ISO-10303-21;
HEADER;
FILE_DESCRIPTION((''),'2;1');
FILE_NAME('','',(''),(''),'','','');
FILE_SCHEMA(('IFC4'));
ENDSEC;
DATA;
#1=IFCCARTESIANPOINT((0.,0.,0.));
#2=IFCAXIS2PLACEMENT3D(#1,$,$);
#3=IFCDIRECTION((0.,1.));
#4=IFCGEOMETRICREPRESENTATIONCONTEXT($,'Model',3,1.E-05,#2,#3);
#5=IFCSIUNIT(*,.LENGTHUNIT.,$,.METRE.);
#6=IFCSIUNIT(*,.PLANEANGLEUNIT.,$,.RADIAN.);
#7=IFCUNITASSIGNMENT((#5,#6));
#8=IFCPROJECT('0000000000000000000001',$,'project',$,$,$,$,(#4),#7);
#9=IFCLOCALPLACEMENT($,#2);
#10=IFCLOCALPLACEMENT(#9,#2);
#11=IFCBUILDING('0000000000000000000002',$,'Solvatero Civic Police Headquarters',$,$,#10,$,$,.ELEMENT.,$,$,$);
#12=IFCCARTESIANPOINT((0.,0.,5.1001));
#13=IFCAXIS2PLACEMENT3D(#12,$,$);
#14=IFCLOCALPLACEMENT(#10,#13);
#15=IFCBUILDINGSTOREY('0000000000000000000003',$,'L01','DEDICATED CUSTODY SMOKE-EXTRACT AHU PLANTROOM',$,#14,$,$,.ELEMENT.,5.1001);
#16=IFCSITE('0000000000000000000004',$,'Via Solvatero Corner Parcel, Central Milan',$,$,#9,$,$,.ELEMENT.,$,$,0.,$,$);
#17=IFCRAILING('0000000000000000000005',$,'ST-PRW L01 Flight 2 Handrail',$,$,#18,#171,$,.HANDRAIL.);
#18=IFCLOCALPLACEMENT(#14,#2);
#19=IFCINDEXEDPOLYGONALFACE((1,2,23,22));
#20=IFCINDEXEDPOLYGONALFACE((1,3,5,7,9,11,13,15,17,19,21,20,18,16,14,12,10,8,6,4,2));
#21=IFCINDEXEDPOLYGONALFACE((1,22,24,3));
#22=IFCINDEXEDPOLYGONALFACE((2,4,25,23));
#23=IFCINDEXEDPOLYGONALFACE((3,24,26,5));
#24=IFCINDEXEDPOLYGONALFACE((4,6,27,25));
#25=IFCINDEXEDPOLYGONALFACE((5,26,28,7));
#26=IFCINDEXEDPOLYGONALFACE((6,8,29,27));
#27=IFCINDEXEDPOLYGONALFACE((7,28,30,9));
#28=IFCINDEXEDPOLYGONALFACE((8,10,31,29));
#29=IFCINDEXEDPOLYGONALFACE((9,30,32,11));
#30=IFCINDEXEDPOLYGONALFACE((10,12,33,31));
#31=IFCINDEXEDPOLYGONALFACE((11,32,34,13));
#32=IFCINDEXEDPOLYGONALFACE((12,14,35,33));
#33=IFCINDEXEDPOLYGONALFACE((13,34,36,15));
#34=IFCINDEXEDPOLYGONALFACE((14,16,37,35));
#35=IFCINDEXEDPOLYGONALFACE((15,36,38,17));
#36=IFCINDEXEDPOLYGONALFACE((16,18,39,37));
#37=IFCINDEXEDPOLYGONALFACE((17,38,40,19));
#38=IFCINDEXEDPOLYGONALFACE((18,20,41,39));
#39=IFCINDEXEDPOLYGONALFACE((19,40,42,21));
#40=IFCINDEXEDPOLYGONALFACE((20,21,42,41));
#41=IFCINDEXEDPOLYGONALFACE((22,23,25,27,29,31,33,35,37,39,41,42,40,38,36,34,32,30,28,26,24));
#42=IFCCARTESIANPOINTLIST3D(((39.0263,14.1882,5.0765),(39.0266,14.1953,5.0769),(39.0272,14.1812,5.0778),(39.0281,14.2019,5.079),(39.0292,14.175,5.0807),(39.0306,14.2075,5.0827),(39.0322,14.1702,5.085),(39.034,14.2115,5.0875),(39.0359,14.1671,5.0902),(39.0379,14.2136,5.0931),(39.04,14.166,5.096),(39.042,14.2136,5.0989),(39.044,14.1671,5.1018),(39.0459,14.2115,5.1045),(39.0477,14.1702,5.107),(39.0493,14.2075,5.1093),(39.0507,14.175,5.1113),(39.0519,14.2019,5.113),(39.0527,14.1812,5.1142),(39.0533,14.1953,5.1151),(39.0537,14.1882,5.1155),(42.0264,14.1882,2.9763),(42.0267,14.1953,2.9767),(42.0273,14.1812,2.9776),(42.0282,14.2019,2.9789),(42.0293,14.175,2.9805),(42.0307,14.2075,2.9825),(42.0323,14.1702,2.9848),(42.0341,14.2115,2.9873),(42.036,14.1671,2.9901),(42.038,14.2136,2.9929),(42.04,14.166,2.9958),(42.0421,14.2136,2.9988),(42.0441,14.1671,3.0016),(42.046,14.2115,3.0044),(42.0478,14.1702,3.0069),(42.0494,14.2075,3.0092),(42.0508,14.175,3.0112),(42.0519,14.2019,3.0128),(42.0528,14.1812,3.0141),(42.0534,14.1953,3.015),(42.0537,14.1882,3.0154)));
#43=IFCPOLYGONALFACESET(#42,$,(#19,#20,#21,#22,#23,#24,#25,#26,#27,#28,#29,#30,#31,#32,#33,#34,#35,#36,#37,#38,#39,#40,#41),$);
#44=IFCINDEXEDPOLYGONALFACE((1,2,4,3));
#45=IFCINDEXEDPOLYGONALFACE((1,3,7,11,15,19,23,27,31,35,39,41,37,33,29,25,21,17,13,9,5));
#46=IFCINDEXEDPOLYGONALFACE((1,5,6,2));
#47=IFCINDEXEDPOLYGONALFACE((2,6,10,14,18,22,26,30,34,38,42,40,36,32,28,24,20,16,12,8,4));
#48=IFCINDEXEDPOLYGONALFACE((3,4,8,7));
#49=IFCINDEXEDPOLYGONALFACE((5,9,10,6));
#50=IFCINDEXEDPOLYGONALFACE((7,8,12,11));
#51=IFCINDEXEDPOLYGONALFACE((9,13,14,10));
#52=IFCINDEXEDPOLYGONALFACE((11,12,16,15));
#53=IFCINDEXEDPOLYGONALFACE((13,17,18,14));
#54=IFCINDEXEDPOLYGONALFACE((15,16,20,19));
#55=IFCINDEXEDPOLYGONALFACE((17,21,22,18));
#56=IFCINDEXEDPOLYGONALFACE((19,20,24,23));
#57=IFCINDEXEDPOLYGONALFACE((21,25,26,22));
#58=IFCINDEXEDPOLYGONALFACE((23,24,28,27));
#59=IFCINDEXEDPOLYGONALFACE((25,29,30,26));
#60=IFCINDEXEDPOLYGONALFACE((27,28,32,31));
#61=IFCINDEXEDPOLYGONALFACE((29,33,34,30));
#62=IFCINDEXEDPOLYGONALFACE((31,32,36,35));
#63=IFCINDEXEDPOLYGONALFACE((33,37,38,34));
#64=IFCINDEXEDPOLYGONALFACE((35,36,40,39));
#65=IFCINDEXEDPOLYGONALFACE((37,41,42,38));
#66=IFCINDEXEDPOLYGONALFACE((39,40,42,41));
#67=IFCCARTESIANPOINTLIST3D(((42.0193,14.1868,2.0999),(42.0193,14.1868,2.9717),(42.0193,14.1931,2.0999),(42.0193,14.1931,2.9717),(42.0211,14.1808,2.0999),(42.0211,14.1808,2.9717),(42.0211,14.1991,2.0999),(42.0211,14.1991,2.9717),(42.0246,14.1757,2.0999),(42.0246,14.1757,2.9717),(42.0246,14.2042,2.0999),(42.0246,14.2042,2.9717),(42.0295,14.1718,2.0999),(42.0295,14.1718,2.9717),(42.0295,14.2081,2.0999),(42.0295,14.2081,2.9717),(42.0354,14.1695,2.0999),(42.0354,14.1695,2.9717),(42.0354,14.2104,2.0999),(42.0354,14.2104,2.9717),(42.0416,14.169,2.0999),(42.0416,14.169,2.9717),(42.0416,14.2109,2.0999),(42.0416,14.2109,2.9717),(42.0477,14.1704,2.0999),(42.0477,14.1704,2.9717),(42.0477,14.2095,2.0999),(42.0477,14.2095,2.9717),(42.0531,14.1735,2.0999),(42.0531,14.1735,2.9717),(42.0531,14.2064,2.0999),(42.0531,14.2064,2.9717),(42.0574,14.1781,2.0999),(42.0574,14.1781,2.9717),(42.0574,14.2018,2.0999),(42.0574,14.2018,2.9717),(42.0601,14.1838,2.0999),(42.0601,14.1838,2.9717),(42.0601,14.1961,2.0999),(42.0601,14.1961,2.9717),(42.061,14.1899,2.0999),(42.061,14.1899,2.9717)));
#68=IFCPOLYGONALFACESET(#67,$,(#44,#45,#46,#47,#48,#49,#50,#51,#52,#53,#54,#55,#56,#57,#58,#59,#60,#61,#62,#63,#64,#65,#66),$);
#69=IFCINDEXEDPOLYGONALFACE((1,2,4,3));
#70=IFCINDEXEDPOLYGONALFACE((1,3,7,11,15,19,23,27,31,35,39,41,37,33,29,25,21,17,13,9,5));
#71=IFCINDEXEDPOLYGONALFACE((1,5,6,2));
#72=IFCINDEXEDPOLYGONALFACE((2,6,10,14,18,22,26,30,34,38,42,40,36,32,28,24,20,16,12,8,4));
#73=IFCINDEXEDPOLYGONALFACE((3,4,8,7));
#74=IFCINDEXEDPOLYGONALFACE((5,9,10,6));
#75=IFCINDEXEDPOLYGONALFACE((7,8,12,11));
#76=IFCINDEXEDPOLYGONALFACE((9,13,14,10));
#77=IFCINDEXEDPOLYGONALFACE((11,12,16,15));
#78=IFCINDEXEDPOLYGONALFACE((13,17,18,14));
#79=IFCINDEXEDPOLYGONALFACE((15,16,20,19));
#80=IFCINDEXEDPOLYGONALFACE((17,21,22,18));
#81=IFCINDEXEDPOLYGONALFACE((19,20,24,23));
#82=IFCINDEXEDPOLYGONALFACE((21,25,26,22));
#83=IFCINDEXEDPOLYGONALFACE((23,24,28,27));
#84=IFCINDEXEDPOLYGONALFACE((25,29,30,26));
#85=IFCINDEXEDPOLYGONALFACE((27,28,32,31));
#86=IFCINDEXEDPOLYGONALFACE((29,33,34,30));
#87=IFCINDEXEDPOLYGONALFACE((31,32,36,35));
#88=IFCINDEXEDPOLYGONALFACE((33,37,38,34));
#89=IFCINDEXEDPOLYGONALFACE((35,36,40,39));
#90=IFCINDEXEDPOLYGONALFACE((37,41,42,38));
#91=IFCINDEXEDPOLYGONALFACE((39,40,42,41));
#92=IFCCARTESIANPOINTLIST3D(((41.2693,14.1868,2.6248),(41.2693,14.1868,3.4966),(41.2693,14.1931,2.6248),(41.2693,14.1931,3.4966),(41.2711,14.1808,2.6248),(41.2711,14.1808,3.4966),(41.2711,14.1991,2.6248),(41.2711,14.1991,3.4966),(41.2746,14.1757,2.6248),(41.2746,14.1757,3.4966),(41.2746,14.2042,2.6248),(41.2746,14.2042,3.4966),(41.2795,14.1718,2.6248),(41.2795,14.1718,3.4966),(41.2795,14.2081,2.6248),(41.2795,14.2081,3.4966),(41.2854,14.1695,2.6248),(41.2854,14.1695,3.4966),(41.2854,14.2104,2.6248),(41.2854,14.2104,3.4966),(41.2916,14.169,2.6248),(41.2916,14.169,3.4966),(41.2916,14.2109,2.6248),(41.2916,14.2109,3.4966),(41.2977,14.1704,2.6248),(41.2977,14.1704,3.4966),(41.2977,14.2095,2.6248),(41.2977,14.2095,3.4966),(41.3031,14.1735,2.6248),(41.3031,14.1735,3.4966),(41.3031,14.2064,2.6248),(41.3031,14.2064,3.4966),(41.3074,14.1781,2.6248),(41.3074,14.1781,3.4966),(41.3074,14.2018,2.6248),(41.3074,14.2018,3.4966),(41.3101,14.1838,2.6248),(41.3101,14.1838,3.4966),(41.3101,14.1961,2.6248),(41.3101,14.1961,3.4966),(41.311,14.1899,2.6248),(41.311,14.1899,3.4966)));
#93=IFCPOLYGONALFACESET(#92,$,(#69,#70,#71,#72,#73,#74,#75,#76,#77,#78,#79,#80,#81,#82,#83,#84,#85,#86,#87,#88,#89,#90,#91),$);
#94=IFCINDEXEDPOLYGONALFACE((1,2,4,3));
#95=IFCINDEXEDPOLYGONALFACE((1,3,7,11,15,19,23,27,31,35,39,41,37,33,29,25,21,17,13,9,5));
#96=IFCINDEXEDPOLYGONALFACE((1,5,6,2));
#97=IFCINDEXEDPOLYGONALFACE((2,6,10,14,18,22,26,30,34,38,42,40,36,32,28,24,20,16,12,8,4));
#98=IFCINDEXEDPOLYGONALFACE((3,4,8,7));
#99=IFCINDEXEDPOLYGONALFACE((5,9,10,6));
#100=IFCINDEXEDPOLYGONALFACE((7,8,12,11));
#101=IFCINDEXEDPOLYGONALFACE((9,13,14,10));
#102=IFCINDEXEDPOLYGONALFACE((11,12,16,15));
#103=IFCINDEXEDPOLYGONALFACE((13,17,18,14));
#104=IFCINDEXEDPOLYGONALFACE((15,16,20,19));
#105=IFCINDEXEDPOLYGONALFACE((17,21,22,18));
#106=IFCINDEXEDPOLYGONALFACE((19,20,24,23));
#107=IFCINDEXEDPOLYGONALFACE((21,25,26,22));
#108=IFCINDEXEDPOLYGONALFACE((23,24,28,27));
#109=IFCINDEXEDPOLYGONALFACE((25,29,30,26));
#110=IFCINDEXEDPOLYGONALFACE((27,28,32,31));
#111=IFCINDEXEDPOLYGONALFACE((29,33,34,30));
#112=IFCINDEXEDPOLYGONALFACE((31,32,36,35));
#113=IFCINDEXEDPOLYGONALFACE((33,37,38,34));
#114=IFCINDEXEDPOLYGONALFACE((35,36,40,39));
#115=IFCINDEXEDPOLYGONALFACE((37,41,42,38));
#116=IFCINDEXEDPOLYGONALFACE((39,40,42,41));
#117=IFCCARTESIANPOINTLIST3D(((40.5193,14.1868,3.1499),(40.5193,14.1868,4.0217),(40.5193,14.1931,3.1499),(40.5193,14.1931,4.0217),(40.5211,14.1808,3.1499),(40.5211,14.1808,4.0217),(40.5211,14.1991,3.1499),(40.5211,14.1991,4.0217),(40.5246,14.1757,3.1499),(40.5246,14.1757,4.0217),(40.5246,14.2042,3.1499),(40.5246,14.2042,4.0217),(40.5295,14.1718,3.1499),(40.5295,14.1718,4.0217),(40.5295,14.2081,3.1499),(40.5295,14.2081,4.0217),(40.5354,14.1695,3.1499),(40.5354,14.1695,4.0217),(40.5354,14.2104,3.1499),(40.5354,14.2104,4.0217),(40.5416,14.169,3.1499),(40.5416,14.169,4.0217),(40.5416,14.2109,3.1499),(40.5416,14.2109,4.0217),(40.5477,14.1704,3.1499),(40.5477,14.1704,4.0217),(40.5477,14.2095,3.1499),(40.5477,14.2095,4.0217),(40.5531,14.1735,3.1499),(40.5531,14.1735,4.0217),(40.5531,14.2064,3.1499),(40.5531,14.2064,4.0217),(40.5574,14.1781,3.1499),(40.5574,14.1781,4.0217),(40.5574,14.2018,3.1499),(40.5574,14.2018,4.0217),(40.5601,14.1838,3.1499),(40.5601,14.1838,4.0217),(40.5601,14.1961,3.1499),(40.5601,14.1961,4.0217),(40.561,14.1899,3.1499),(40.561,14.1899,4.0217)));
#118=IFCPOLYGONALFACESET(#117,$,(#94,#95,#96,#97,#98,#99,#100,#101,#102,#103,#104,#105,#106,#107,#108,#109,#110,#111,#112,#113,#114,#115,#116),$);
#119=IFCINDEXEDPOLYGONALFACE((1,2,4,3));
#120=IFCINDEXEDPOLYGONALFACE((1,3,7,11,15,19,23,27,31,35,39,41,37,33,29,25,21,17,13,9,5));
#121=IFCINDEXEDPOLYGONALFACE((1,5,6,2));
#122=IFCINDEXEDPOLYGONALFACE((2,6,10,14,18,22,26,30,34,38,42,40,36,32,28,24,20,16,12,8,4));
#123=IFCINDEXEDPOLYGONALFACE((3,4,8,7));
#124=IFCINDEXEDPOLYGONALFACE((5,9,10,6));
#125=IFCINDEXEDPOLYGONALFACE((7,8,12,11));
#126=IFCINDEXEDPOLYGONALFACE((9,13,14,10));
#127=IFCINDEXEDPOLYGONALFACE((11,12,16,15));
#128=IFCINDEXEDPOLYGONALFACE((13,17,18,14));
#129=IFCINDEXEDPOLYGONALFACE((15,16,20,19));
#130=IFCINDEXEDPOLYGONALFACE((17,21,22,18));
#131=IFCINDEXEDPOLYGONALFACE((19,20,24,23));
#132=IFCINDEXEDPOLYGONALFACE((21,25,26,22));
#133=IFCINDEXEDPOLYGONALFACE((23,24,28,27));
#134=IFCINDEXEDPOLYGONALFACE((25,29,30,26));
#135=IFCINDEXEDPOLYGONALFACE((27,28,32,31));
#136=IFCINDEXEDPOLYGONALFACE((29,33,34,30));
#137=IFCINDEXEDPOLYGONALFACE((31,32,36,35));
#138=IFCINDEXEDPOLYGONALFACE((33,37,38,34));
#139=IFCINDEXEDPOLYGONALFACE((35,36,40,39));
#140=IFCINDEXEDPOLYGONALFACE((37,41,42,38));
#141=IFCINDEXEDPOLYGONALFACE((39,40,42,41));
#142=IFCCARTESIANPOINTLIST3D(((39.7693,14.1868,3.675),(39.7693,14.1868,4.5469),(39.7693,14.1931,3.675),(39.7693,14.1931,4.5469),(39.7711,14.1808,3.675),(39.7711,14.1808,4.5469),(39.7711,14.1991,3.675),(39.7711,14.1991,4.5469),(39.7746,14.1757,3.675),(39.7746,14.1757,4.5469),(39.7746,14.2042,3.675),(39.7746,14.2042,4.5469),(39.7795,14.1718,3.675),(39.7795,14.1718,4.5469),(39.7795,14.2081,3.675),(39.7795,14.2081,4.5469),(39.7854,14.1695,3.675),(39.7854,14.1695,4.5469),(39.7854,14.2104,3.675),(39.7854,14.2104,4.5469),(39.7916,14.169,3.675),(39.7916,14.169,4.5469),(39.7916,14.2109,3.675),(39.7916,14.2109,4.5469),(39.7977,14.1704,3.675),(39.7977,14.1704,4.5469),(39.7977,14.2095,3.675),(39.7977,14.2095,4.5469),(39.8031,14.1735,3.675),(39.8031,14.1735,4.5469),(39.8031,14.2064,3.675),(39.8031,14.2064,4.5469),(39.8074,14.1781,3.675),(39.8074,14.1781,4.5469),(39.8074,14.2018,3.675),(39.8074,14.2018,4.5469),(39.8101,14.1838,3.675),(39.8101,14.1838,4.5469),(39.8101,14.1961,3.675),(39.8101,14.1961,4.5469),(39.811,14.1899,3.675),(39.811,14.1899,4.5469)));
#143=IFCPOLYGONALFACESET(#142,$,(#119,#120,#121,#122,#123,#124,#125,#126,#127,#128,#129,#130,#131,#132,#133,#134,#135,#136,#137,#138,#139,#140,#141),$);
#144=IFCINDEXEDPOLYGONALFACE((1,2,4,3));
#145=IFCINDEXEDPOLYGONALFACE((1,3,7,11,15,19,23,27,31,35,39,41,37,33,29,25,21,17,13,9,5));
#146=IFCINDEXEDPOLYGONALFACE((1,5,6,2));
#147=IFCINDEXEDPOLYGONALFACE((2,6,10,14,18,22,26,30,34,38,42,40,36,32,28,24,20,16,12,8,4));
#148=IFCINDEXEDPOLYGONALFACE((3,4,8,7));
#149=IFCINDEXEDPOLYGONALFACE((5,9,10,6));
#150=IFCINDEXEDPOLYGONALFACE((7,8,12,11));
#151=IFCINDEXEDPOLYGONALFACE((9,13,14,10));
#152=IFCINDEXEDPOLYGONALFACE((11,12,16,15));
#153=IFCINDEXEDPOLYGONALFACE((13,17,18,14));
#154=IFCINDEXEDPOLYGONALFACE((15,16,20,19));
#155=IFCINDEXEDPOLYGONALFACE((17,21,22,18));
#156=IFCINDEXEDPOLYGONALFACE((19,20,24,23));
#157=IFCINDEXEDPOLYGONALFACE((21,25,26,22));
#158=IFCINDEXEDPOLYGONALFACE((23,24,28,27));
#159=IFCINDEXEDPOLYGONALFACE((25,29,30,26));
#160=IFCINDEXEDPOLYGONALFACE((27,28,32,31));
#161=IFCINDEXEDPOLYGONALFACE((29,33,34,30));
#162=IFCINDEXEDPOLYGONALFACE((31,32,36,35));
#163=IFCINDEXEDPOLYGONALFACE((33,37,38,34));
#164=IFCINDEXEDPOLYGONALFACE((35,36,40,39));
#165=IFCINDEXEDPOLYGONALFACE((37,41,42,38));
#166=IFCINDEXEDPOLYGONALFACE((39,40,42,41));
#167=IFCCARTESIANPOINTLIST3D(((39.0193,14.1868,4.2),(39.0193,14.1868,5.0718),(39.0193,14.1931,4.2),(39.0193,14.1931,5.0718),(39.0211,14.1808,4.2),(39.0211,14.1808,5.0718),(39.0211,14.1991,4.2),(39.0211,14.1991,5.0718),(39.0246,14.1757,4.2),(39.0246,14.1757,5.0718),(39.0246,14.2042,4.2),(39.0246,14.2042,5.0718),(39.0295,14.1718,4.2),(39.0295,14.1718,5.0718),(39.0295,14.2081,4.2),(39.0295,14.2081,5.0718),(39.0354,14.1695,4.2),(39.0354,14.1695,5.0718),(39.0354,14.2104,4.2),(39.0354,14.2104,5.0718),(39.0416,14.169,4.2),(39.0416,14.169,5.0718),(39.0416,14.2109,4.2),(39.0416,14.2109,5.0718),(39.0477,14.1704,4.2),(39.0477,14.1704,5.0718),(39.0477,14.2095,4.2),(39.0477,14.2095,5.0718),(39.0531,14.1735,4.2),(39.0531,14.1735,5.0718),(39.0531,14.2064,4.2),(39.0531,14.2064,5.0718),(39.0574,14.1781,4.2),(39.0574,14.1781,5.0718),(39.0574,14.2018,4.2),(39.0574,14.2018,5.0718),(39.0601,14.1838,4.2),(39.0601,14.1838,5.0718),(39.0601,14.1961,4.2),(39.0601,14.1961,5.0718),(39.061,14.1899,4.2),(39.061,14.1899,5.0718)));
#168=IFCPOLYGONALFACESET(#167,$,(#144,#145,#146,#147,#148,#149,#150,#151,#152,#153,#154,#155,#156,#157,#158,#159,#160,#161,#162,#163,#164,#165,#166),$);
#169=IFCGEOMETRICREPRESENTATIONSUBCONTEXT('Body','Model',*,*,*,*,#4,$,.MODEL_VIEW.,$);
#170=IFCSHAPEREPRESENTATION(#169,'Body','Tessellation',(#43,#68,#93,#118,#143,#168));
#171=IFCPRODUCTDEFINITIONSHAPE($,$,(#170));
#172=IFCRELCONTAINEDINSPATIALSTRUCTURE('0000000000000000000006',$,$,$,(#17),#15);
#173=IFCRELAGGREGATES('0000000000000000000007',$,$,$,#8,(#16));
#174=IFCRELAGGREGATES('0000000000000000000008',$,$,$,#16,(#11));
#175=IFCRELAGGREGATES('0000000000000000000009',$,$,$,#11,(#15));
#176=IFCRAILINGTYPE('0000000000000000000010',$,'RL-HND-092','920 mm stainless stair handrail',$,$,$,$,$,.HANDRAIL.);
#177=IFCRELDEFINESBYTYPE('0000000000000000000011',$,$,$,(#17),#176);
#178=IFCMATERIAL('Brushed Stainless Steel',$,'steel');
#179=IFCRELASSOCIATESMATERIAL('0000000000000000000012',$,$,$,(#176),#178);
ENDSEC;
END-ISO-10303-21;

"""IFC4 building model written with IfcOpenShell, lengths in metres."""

from ifc_helpers import new_model, si_unit, direction, frame, origin, origin_2d, place, context, subcontext, project, spatial, circle, extrude, material, type_object, element, save


model = new_model("IFC4")

# Units and contexts
model_context = context("Model", 3, precision=1e-05, world=origin(), true_north=direction((0.0, 1.0)))
body_context = subcontext(model_context, "Body", "Model", "MODEL_VIEW")
ifc_project = project(units=[si_unit("LENGTHUNIT", "METRE"), si_unit("PLANEANGLEUNIT", "RADIAN")], contexts=[model_context])

# Site, building, storey
site_placement = place(None, origin())
site = spatial("IfcSite", under=ifc_project, at=site_placement, Name="Via Solvatero Corner Parcel, Central Milan", CompositionType="ELEMENT", RefElevation=0.0)
building_placement = place(site_placement, origin())
building = spatial("IfcBuilding", under=site, at=building_placement, Name="Solvatero Civic Police Headquarters", CompositionType="ELEMENT")
storey_placement = place(building_placement, frame((0.0, 0.0, 5.1001)))
storey = spatial("IfcBuildingStorey", under=building, at=storey_placement, Name="L01", Description="DEDICATED CUSTODY SMOKE-EXTRACT AHU PLANTROOM", CompositionType="ELEMENT", Elevation=5.1001)

# Railing
ifc_material_1 = material(Name="Brushed Stainless Steel", Category="steel")
railing_type_1 = type_object("IfcRailingType", Name="RL-HND-092", Description="920 mm stainless stair handrail", PredefinedType="HANDRAIL", material=ifc_material_1)
railing_1_placement = place(storey_placement, frame((42.04, 14.1899, 2.0999)))
element("IfcRailing", 1, at=railing_1_placement, inside=storey, type_object=railing_type_1, Name="ST-PRW L01 Flight 2 Handrail", PredefinedType="HANDRAIL", context=body_context, shape_type="SweptSolid", body=[
    extrude(circle(Radius=0.0239, at=origin_2d()), frame((0.0, 0.0, 0.896), z_axis=(-0.819219, 0.0, 0.57348), x_axis=(0.0, -1.0, 0.0)), (0.0, 0.0, 1.0), 3.6621),
    extrude(circle(Radius=0.021, at=origin_2d()), origin(), (0.0, 0.0, 1.0), 0.8718),
    extrude(circle(Radius=0.021, at=origin_2d()), frame((-0.75, 0.0, 0.5249)), (0.0, 0.0, 1.0), 0.8718),
    extrude(circle(Radius=0.021, at=origin_2d()), frame((-1.5, 0.0, 1.05)), (0.0, 0.0, 1.0), 0.8718),
    extrude(circle(Radius=0.021, at=origin_2d()), frame((-2.25, 0.0, 1.5752)), (0.0, 0.0, 1.0), 0.8718),
    extrude(circle(Radius=0.021, at=origin_2d()), frame((-3.0, 0.0, 2.1001)), (0.0, 0.0, 1.0), 0.8718),
])

save(model, "model.ifc")
